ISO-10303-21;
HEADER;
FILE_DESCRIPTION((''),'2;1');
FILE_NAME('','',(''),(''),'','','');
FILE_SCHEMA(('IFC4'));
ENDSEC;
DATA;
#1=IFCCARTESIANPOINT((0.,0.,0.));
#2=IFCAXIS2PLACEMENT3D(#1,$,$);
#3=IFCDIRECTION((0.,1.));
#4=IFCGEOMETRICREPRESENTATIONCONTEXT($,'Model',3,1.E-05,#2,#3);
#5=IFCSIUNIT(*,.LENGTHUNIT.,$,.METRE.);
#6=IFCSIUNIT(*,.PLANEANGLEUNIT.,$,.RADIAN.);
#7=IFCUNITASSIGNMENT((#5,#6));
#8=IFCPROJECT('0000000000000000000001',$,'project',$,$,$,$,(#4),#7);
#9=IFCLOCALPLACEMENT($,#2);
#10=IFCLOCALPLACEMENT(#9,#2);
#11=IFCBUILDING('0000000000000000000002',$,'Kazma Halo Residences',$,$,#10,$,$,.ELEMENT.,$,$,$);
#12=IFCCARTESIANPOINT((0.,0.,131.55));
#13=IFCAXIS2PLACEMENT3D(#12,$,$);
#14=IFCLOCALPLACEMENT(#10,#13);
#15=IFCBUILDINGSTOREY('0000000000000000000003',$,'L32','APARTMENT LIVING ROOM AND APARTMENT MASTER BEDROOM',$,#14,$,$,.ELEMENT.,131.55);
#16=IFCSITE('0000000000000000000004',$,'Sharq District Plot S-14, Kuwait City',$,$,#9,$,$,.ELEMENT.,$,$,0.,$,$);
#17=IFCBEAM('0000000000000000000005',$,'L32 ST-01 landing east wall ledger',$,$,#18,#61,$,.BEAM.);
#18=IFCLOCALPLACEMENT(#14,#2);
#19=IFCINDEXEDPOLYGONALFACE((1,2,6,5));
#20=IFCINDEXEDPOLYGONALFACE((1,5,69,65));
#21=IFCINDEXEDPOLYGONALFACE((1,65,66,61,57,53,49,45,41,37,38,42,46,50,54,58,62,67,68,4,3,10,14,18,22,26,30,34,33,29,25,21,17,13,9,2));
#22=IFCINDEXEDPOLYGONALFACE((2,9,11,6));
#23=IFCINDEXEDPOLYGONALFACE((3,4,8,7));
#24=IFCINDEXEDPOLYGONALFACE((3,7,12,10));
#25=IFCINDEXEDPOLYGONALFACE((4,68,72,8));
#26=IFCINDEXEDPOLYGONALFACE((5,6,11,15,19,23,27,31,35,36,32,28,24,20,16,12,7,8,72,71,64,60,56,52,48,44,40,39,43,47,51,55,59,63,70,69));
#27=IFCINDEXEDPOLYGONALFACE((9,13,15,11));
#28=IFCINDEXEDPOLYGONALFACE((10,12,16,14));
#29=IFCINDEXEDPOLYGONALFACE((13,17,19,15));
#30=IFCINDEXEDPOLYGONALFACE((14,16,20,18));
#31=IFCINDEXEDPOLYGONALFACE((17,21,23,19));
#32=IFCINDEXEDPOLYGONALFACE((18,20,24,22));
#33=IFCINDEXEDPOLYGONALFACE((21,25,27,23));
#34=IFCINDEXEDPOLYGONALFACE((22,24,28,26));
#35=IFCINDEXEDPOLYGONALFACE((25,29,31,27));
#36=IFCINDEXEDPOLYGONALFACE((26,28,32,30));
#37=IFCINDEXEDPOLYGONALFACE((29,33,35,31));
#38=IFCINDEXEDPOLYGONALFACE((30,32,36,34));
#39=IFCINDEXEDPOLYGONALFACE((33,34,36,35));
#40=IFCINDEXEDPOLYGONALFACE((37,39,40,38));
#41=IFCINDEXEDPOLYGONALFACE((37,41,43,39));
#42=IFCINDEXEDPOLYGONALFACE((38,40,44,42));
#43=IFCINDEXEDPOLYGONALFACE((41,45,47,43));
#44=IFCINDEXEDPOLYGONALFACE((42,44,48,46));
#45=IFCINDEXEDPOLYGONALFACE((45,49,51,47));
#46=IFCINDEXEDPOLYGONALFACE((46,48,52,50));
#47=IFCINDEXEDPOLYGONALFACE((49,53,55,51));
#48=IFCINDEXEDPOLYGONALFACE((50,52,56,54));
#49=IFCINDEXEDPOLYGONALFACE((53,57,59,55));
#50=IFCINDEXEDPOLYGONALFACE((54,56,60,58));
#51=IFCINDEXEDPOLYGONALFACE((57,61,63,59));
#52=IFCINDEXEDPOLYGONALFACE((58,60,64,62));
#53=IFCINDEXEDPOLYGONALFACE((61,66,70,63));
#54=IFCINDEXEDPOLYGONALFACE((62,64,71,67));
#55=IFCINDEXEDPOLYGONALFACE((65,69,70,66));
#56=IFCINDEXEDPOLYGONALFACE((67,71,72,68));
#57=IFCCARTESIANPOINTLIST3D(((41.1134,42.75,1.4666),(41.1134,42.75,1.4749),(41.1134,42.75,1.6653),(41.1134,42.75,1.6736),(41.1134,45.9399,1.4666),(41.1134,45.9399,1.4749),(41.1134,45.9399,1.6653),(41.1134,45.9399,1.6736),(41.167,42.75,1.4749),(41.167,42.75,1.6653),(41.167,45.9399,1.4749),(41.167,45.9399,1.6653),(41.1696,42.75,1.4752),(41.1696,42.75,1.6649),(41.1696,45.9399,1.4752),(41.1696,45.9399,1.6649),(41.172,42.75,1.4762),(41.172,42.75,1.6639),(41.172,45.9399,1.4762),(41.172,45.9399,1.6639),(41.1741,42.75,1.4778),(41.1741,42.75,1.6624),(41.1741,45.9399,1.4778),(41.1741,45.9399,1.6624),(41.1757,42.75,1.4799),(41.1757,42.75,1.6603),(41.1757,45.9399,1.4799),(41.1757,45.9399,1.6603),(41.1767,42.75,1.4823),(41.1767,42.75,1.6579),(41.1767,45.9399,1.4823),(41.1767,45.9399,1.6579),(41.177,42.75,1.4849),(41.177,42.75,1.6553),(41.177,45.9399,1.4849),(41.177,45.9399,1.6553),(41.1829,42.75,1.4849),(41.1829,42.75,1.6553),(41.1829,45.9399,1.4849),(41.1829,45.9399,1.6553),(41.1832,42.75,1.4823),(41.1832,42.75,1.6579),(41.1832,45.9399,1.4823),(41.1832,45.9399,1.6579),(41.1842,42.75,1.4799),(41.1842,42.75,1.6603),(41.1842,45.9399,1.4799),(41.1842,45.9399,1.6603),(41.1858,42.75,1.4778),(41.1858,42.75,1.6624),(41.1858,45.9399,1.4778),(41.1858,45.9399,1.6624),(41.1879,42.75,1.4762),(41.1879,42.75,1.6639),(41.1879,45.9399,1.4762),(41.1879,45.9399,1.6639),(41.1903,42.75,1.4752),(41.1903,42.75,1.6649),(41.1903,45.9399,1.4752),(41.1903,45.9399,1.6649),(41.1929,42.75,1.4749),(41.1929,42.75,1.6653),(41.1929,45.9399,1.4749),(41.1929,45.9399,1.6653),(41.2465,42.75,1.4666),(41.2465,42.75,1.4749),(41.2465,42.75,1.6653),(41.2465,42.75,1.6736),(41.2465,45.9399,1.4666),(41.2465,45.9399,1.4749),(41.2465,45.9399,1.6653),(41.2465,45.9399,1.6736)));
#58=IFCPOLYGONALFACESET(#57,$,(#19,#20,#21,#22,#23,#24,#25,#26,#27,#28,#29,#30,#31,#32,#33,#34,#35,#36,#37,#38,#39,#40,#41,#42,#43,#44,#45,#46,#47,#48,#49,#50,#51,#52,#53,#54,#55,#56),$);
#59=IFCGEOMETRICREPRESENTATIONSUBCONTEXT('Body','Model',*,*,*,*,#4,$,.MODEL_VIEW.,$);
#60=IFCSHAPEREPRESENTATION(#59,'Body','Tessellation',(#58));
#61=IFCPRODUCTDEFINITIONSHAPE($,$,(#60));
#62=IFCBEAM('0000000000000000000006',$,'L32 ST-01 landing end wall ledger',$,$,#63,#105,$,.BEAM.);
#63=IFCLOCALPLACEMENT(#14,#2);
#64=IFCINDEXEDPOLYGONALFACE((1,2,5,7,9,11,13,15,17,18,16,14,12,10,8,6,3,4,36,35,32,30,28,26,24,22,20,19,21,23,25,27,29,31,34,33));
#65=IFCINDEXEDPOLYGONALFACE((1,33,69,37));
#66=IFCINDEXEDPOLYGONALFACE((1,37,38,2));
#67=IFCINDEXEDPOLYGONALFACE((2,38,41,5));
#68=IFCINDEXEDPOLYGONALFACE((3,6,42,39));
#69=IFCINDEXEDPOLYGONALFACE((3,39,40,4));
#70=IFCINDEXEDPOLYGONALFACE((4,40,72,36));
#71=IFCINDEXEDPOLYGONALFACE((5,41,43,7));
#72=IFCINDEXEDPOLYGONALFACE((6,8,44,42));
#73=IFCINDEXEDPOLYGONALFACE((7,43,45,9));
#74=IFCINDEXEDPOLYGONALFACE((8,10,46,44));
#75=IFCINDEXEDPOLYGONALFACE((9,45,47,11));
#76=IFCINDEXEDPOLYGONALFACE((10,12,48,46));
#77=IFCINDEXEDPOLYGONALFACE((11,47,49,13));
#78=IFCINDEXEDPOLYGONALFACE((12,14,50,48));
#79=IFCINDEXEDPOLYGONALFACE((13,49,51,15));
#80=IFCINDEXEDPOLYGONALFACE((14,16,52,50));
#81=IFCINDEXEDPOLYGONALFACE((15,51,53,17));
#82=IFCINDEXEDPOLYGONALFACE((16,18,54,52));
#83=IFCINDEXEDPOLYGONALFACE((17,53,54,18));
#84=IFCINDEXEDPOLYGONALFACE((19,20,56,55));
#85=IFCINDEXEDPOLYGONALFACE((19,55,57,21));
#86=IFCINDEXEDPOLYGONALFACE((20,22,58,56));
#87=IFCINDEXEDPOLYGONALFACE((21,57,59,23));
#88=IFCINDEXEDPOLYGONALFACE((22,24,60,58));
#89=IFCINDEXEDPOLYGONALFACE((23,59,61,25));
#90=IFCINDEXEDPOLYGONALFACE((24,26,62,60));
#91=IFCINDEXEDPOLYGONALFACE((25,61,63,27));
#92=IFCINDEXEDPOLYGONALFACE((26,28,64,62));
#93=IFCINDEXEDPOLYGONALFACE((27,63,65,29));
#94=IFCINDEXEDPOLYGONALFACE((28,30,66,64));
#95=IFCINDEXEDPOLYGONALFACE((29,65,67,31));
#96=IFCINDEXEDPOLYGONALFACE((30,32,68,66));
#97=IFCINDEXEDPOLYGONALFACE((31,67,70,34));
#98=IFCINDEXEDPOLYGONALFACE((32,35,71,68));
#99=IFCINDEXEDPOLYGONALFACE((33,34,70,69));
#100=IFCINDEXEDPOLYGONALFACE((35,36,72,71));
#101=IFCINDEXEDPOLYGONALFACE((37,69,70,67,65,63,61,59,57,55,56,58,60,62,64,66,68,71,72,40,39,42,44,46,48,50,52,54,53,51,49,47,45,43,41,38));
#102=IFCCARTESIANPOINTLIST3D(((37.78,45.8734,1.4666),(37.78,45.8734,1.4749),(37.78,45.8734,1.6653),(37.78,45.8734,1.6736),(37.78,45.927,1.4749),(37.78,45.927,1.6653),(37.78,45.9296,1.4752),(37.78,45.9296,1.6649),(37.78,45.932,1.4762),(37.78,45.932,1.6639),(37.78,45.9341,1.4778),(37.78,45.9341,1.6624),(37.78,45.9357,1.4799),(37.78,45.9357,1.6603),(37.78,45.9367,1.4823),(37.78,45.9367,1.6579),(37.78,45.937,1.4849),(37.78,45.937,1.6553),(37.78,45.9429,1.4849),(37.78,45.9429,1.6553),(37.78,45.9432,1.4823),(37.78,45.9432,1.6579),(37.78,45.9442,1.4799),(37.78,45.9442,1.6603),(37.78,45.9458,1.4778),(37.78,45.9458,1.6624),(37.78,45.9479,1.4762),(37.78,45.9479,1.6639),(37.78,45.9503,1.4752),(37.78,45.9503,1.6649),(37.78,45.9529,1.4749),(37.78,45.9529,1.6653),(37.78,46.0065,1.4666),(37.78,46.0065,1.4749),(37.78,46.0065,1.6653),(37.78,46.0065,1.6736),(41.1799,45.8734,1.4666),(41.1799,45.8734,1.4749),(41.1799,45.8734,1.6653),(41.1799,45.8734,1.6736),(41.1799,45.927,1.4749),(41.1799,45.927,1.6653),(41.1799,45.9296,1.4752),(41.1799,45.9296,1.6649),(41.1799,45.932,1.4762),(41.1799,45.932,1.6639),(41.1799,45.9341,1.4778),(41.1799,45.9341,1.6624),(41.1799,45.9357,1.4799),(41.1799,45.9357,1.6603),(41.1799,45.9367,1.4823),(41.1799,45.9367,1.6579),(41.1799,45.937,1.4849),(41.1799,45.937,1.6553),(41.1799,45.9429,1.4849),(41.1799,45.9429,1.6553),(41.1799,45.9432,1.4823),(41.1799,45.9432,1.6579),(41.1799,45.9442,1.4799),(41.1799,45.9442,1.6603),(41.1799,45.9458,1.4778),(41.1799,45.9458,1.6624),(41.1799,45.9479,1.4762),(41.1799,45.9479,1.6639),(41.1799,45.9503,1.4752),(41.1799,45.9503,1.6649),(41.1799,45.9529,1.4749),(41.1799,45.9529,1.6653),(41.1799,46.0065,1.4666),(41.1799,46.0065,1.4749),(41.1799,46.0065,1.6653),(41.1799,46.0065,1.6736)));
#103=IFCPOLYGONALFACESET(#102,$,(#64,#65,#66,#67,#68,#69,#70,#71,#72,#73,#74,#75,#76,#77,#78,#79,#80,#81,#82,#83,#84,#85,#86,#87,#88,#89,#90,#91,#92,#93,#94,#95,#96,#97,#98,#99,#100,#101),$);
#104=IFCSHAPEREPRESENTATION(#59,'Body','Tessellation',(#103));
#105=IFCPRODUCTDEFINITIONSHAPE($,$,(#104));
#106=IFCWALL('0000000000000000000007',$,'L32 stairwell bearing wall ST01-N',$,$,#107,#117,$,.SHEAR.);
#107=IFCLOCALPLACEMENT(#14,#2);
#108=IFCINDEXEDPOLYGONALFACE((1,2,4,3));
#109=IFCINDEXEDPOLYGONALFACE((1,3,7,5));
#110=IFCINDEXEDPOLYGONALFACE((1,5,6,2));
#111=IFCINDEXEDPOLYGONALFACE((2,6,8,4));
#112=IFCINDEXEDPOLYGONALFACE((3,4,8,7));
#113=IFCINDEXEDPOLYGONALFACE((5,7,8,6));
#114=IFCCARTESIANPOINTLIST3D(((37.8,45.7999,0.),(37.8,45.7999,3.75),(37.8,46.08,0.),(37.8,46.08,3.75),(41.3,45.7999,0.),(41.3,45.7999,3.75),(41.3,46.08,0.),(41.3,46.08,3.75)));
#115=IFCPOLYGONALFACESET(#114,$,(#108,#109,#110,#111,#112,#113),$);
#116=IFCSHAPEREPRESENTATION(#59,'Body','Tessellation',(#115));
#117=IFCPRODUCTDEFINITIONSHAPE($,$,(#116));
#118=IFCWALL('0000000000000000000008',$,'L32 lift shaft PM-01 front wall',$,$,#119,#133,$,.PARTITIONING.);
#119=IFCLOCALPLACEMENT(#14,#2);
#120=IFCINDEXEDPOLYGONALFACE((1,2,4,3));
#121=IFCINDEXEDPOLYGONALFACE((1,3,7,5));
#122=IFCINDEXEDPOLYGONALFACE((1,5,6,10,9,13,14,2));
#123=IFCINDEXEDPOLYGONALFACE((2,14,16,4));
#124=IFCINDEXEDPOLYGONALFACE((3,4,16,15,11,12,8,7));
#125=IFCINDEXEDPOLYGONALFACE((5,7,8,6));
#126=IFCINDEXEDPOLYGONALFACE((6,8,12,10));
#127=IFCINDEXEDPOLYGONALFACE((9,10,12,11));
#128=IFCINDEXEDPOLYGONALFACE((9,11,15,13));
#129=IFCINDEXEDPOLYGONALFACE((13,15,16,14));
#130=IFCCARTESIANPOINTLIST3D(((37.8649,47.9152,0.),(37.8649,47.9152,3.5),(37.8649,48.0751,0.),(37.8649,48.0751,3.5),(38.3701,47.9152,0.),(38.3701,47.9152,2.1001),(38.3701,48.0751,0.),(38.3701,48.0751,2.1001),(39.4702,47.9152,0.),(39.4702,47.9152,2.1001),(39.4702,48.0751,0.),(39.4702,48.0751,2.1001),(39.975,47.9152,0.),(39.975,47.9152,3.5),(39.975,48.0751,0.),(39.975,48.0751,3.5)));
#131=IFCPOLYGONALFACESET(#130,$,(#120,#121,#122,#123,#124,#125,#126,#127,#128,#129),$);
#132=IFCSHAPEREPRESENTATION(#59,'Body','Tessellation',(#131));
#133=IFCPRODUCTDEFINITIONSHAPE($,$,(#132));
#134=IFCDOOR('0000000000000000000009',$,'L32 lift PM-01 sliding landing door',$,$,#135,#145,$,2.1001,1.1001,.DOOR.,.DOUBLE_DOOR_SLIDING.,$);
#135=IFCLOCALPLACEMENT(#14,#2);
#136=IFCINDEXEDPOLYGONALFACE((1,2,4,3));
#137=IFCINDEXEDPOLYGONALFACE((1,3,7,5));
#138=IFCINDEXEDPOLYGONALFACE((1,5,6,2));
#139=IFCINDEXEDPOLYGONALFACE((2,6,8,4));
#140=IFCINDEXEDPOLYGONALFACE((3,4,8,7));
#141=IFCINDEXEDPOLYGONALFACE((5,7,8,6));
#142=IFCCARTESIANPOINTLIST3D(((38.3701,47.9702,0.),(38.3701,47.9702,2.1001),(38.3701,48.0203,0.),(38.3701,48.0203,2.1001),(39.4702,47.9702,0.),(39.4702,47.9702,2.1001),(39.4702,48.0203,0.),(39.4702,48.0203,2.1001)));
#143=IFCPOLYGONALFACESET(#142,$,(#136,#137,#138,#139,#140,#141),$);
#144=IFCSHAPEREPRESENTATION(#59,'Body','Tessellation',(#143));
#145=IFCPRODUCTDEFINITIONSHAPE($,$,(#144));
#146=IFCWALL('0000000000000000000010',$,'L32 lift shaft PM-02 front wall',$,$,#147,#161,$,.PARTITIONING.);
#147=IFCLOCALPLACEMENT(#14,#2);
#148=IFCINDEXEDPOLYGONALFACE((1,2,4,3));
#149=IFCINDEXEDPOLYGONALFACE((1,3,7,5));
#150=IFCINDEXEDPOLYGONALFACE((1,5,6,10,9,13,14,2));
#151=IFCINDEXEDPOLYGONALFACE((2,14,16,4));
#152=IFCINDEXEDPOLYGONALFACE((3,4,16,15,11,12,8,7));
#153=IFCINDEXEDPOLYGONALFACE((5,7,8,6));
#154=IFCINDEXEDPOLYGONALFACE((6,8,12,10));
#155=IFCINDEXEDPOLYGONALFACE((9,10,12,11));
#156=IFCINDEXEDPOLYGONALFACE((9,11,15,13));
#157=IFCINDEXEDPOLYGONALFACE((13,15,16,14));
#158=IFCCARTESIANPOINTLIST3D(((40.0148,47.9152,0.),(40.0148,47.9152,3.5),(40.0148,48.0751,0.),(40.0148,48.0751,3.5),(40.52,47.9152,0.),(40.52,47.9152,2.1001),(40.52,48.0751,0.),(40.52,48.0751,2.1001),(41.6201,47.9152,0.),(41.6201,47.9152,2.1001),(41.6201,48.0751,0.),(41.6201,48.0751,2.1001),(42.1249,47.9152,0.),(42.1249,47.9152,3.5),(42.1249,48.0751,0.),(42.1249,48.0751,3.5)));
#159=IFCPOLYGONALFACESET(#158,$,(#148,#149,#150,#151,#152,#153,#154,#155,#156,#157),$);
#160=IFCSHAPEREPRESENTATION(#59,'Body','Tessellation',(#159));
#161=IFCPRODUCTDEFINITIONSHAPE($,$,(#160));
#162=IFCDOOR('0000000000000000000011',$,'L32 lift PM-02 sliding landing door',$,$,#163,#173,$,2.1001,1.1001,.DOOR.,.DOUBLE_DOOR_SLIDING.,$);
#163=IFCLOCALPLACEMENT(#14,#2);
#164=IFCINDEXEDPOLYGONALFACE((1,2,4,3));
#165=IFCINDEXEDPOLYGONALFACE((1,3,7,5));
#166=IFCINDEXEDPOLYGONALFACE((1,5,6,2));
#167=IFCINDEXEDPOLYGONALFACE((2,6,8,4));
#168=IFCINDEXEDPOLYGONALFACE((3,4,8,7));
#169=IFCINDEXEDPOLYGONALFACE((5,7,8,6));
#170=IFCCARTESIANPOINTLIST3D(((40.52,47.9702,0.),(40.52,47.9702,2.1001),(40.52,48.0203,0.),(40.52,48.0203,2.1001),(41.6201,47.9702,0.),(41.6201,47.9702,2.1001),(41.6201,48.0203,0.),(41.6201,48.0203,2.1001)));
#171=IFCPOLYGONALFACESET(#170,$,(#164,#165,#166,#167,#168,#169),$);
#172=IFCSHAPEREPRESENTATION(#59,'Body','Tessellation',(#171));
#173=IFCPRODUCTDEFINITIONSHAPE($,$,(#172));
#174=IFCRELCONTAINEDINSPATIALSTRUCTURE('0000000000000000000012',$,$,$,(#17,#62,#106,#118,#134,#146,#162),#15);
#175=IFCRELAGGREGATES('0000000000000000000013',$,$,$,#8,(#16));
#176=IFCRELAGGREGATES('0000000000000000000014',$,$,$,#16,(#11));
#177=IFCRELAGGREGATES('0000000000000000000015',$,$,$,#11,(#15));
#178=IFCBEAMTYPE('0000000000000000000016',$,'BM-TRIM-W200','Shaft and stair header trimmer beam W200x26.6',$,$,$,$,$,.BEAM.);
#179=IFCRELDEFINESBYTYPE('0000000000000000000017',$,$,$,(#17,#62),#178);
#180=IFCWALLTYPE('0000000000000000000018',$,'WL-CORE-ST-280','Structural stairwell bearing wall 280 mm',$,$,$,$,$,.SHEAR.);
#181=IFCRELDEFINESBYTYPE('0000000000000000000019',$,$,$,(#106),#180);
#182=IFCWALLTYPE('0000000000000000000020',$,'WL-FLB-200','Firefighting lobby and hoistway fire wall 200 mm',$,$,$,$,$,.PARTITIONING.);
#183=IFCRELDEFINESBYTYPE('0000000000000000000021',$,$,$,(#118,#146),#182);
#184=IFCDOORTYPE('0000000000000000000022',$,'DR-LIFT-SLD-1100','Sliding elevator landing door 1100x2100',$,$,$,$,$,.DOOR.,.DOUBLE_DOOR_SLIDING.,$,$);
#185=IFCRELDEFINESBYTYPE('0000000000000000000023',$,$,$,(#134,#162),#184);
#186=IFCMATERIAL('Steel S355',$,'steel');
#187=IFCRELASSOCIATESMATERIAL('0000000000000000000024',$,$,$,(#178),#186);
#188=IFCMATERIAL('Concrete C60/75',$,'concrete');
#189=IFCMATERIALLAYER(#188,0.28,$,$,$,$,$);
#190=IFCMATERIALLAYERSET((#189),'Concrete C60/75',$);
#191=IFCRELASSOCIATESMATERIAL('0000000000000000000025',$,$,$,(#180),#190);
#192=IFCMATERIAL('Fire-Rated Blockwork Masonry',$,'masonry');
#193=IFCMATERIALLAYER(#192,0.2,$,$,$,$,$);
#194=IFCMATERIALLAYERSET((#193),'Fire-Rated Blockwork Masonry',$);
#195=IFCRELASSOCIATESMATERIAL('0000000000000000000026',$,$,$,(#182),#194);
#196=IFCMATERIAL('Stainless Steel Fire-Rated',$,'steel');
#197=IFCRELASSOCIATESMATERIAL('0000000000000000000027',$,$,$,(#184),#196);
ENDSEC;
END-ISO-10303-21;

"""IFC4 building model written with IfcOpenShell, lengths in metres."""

from ifc_helpers import new_model, si_unit, direction, frame, frame_2d, origin, origin_2d, place, context, subcontext, project, spatial, rectangle, i_section, extrude, material, layer, layer_set, material_profile, profile_set, type_object, element, fill, save


model = new_model("IFC4")

# Units and contexts
model_context = context("Model", 3, precision=1e-05, world=origin(), true_north=direction((0.0, 1.0)))
body_context = subcontext(model_context, "Body", "Model", "MODEL_VIEW")
ifc_project = project(units=[si_unit("LENGTHUNIT", "METRE"), si_unit("PLANEANGLEUNIT", "RADIAN")], contexts=[model_context])

# Site, building, storey
site_placement = place(None, origin())
site = spatial("IfcSite", under=ifc_project, at=site_placement, Name="Sharq District Plot S-14, Kuwait City", CompositionType="ELEMENT", RefElevation=0.0)
building_placement = place(site_placement, origin())
building = spatial("IfcBuilding", under=site, at=building_placement, Name="Kazma Halo Residences", CompositionType="ELEMENT")
storey_placement = place(building_placement, frame((0.0, 0.0, 131.55)))
storey = spatial("IfcBuildingStorey", under=building, at=storey_placement, Name="L32", Description="APARTMENT LIVING ROOM AND APARTMENT MASTER BEDROOM", CompositionType="ELEMENT", Elevation=131.55)

# Shared definitions
ifc_material_1 = material(Name="Steel S355", Category="steel")

# Beams
ifc_material_profile_1 = material_profile(ifc_material_1, i_section(OverallWidth=0.1331, OverallDepth=0.207, WebThickness=0.0059, FlangeThickness=0.0083, FilletRadius=0.01, at=origin_2d()), Name="W200x26.6")
ifc_profile_set_1 = profile_set([ifc_material_profile_1], Name="Steel S355")
beam_type_1 = type_object("IfcBeamType", Name="BM-TRIM-W200", Description="Shaft and stair header trimmer beam W200x26.6", PredefinedType="BEAM", material=ifc_profile_set_1)
beam_1_placement = place(storey_placement, frame((41.1799, 42.75, 1.5701), z_axis=(0.0, 1.0, 0.0), x_axis=(-1.0, 0.0, 0.0)))
element("IfcBeam", 1, at=beam_1_placement, inside=storey, type_object=beam_type_1, Name="L32 ST-01 landing east wall ledger", PredefinedType="BEAM", context=body_context, shape_type="SweptSolid", body=[
    extrude(i_section(OverallWidth=0.1331, OverallDepth=0.207, WebThickness=0.0059, FlangeThickness=0.0083, FilletRadius=0.01, at=origin_2d()), origin(), (0.0, 0.0, 1.0), 3.1899),
])
beam_2_placement = place(storey_placement, frame((37.78, 45.9399, 1.5701), z_axis=(1.0, 0.0, 0.0), x_axis=(0.0, 1.0, 0.0)))
element("IfcBeam", 2, at=beam_2_placement, inside=storey, type_object=beam_type_1, Name="L32 ST-01 landing end wall ledger", PredefinedType="BEAM", context=body_context, shape_type="SweptSolid", body=[
    extrude(i_section(OverallWidth=0.1331, OverallDepth=0.207, WebThickness=0.0059, FlangeThickness=0.0083, FilletRadius=0.01, at=origin_2d()), origin(), (0.0, 0.0, 1.0), 3.3999),
])

# Wall
ifc_material_2 = material(Name="Concrete C60/75", Category="concrete")
ifc_layer_1 = layer(ifc_material_2, 0.28)
ifc_layer_set_1 = layer_set([ifc_layer_1], Name="Concrete C60/75")
wall_type_1 = type_object("IfcWallType", Name="WL-CORE-ST-280", Description="Structural stairwell bearing wall 280 mm", PredefinedType="SHEAR", material=ifc_layer_set_1)
wall_1_placement = place(storey_placement, frame((37.8, 45.9399, 0.0), z_axis=(0.0, 0.0, 1.0), x_axis=(1.0, 0.0, 0.0)))
element("IfcWall", 3, at=wall_1_placement, inside=storey, type_object=wall_type_1, Name="L32 stairwell bearing wall ST01-N", PredefinedType="SHEAR", context=body_context, shape_type="SweptSolid", body=[
    extrude(rectangle(XDim=3.5, YDim=0.28, at=frame_2d((1.75, 0.0))), origin(), (0.0, 0.0, 1.0), 3.75),
])

# Walls, openings, doors
ifc_material_3 = material(Name="Fire-Rated Blockwork Masonry", Category="masonry")
ifc_layer_2 = layer(ifc_material_3, 0.2)
ifc_layer_set_2 = layer_set([ifc_layer_2], Name="Fire-Rated Blockwork Masonry")
wall_type_2 = type_object("IfcWallType", Name="WL-FLB-200", Description="Firefighting lobby and hoistway fire wall 200 mm", PredefinedType="PARTITIONING", material=ifc_layer_set_2)
wall_2_placement = place(storey_placement, frame((39.9751, 47.9951, 0.0), z_axis=(0.0, 0.0, 1.0), x_axis=(-1.0, 0.0, 0.0)))
wall_2 = element("IfcWall", 4, at=wall_2_placement, inside=storey, type_object=wall_type_2, Name="L32 lift shaft PM-01 front wall", PredefinedType="PARTITIONING", context=body_context, shape_type="SweptSolid", body=[
    extrude(rectangle(XDim=2.1101, YDim=0.1599, at=frame_2d((1.0552, 0.0))), origin(), (0.0, 0.0, 1.0), 3.5),
])
opening_1_placement = place(wall_2_placement, frame((0.5049, 0.0, 0.0)))
opening_1 = element("IfcOpeningElement", 5, at=opening_1_placement, cuts=wall_2, PredefinedType="OPENING", context=body_context, shape_type="SweptSolid", body=[
    extrude(rectangle(XDim=1.1001, YDim=2.1001, at=frame_2d((0.55, 1.05))), frame((0.0, 0.0898, 0.0), z_axis=(0.0, -1.0, 0.0), x_axis=(1.0, 0.0, 0.0)), (0.0, 0.0, 1.0), 0.1799),
])
ifc_material_4 = material(Name="Stainless Steel Fire-Rated", Category="steel")
door_type = type_object("IfcDoorType", Name="DR-LIFT-SLD-1100", Description="Sliding elevator landing door 1100x2100", OperationType="DOUBLE_DOOR_SLIDING", PredefinedType="DOOR", material=ifc_material_4)
door_1_placement = place(opening_1_placement, origin())
door_1 = element("IfcDoor", 6, at=door_1_placement, inside=storey, type_object=door_type, Name="L32 lift PM-01 sliding landing door", OperationType="DOUBLE_DOOR_SLIDING", OverallHeight=2.1001, OverallWidth=1.1001, PredefinedType="DOOR", context=body_context, shape_type="SweptSolid", body=[
    extrude(rectangle(XDim=1.1001, YDim=2.1001, at=frame_2d((0.55, 1.05))), frame((0.0, 0.0249, 0.0), z_axis=(0.0, -1.0, 0.0), x_axis=(1.0, 0.0, 0.0)), (0.0, 0.0, 1.0), 0.05),
])
fill(opening_1, door_1)
wall_3_placement = place(storey_placement, frame((42.125, 47.9951, 0.0), z_axis=(0.0, 0.0, 1.0), x_axis=(-1.0, 0.0, 0.0)))
wall_3 = element("IfcWall", 7, at=wall_3_placement, inside=storey, type_object=wall_type_2, Name="L32 lift shaft PM-02 front wall", PredefinedType="PARTITIONING", context=body_context, shape_type="SweptSolid", body=[
    extrude(rectangle(XDim=2.1101, YDim=0.1599, at=frame_2d((1.0552, 0.0))), origin(), (0.0, 0.0, 1.0), 3.5),
])
opening_2_placement = place(wall_3_placement, frame((0.5049, 0.0, 0.0)))
opening_2 = element("IfcOpeningElement", 8, at=opening_2_placement, cuts=wall_3, PredefinedType="OPENING", context=body_context, shape_type="SweptSolid", body=[
    extrude(rectangle(XDim=1.1001, YDim=2.1001, at=frame_2d((0.55, 1.05))), frame((0.0, 0.0898, 0.0), z_axis=(0.0, -1.0, 0.0), x_axis=(1.0, 0.0, 0.0)), (0.0, 0.0, 1.0), 0.1799),
])
door_2_placement = place(opening_2_placement, origin())
door_2 = element("IfcDoor", 9, at=door_2_placement, inside=storey, type_object=door_type, Name="L32 lift PM-02 sliding landing door", OperationType="DOUBLE_DOOR_SLIDING", OverallHeight=2.1001, OverallWidth=1.1001, PredefinedType="DOOR", context=body_context, shape_type="SweptSolid", body=[
    extrude(rectangle(XDim=1.1001, YDim=2.1001, at=frame_2d((0.55, 1.05))), frame((0.0, 0.0249, 0.0), z_axis=(0.0, -1.0, 0.0), x_axis=(1.0, 0.0, 0.0)), (0.0, 0.0, 1.0), 0.05),
])
fill(opening_2, door_2)

save(model, "model.ifc")
